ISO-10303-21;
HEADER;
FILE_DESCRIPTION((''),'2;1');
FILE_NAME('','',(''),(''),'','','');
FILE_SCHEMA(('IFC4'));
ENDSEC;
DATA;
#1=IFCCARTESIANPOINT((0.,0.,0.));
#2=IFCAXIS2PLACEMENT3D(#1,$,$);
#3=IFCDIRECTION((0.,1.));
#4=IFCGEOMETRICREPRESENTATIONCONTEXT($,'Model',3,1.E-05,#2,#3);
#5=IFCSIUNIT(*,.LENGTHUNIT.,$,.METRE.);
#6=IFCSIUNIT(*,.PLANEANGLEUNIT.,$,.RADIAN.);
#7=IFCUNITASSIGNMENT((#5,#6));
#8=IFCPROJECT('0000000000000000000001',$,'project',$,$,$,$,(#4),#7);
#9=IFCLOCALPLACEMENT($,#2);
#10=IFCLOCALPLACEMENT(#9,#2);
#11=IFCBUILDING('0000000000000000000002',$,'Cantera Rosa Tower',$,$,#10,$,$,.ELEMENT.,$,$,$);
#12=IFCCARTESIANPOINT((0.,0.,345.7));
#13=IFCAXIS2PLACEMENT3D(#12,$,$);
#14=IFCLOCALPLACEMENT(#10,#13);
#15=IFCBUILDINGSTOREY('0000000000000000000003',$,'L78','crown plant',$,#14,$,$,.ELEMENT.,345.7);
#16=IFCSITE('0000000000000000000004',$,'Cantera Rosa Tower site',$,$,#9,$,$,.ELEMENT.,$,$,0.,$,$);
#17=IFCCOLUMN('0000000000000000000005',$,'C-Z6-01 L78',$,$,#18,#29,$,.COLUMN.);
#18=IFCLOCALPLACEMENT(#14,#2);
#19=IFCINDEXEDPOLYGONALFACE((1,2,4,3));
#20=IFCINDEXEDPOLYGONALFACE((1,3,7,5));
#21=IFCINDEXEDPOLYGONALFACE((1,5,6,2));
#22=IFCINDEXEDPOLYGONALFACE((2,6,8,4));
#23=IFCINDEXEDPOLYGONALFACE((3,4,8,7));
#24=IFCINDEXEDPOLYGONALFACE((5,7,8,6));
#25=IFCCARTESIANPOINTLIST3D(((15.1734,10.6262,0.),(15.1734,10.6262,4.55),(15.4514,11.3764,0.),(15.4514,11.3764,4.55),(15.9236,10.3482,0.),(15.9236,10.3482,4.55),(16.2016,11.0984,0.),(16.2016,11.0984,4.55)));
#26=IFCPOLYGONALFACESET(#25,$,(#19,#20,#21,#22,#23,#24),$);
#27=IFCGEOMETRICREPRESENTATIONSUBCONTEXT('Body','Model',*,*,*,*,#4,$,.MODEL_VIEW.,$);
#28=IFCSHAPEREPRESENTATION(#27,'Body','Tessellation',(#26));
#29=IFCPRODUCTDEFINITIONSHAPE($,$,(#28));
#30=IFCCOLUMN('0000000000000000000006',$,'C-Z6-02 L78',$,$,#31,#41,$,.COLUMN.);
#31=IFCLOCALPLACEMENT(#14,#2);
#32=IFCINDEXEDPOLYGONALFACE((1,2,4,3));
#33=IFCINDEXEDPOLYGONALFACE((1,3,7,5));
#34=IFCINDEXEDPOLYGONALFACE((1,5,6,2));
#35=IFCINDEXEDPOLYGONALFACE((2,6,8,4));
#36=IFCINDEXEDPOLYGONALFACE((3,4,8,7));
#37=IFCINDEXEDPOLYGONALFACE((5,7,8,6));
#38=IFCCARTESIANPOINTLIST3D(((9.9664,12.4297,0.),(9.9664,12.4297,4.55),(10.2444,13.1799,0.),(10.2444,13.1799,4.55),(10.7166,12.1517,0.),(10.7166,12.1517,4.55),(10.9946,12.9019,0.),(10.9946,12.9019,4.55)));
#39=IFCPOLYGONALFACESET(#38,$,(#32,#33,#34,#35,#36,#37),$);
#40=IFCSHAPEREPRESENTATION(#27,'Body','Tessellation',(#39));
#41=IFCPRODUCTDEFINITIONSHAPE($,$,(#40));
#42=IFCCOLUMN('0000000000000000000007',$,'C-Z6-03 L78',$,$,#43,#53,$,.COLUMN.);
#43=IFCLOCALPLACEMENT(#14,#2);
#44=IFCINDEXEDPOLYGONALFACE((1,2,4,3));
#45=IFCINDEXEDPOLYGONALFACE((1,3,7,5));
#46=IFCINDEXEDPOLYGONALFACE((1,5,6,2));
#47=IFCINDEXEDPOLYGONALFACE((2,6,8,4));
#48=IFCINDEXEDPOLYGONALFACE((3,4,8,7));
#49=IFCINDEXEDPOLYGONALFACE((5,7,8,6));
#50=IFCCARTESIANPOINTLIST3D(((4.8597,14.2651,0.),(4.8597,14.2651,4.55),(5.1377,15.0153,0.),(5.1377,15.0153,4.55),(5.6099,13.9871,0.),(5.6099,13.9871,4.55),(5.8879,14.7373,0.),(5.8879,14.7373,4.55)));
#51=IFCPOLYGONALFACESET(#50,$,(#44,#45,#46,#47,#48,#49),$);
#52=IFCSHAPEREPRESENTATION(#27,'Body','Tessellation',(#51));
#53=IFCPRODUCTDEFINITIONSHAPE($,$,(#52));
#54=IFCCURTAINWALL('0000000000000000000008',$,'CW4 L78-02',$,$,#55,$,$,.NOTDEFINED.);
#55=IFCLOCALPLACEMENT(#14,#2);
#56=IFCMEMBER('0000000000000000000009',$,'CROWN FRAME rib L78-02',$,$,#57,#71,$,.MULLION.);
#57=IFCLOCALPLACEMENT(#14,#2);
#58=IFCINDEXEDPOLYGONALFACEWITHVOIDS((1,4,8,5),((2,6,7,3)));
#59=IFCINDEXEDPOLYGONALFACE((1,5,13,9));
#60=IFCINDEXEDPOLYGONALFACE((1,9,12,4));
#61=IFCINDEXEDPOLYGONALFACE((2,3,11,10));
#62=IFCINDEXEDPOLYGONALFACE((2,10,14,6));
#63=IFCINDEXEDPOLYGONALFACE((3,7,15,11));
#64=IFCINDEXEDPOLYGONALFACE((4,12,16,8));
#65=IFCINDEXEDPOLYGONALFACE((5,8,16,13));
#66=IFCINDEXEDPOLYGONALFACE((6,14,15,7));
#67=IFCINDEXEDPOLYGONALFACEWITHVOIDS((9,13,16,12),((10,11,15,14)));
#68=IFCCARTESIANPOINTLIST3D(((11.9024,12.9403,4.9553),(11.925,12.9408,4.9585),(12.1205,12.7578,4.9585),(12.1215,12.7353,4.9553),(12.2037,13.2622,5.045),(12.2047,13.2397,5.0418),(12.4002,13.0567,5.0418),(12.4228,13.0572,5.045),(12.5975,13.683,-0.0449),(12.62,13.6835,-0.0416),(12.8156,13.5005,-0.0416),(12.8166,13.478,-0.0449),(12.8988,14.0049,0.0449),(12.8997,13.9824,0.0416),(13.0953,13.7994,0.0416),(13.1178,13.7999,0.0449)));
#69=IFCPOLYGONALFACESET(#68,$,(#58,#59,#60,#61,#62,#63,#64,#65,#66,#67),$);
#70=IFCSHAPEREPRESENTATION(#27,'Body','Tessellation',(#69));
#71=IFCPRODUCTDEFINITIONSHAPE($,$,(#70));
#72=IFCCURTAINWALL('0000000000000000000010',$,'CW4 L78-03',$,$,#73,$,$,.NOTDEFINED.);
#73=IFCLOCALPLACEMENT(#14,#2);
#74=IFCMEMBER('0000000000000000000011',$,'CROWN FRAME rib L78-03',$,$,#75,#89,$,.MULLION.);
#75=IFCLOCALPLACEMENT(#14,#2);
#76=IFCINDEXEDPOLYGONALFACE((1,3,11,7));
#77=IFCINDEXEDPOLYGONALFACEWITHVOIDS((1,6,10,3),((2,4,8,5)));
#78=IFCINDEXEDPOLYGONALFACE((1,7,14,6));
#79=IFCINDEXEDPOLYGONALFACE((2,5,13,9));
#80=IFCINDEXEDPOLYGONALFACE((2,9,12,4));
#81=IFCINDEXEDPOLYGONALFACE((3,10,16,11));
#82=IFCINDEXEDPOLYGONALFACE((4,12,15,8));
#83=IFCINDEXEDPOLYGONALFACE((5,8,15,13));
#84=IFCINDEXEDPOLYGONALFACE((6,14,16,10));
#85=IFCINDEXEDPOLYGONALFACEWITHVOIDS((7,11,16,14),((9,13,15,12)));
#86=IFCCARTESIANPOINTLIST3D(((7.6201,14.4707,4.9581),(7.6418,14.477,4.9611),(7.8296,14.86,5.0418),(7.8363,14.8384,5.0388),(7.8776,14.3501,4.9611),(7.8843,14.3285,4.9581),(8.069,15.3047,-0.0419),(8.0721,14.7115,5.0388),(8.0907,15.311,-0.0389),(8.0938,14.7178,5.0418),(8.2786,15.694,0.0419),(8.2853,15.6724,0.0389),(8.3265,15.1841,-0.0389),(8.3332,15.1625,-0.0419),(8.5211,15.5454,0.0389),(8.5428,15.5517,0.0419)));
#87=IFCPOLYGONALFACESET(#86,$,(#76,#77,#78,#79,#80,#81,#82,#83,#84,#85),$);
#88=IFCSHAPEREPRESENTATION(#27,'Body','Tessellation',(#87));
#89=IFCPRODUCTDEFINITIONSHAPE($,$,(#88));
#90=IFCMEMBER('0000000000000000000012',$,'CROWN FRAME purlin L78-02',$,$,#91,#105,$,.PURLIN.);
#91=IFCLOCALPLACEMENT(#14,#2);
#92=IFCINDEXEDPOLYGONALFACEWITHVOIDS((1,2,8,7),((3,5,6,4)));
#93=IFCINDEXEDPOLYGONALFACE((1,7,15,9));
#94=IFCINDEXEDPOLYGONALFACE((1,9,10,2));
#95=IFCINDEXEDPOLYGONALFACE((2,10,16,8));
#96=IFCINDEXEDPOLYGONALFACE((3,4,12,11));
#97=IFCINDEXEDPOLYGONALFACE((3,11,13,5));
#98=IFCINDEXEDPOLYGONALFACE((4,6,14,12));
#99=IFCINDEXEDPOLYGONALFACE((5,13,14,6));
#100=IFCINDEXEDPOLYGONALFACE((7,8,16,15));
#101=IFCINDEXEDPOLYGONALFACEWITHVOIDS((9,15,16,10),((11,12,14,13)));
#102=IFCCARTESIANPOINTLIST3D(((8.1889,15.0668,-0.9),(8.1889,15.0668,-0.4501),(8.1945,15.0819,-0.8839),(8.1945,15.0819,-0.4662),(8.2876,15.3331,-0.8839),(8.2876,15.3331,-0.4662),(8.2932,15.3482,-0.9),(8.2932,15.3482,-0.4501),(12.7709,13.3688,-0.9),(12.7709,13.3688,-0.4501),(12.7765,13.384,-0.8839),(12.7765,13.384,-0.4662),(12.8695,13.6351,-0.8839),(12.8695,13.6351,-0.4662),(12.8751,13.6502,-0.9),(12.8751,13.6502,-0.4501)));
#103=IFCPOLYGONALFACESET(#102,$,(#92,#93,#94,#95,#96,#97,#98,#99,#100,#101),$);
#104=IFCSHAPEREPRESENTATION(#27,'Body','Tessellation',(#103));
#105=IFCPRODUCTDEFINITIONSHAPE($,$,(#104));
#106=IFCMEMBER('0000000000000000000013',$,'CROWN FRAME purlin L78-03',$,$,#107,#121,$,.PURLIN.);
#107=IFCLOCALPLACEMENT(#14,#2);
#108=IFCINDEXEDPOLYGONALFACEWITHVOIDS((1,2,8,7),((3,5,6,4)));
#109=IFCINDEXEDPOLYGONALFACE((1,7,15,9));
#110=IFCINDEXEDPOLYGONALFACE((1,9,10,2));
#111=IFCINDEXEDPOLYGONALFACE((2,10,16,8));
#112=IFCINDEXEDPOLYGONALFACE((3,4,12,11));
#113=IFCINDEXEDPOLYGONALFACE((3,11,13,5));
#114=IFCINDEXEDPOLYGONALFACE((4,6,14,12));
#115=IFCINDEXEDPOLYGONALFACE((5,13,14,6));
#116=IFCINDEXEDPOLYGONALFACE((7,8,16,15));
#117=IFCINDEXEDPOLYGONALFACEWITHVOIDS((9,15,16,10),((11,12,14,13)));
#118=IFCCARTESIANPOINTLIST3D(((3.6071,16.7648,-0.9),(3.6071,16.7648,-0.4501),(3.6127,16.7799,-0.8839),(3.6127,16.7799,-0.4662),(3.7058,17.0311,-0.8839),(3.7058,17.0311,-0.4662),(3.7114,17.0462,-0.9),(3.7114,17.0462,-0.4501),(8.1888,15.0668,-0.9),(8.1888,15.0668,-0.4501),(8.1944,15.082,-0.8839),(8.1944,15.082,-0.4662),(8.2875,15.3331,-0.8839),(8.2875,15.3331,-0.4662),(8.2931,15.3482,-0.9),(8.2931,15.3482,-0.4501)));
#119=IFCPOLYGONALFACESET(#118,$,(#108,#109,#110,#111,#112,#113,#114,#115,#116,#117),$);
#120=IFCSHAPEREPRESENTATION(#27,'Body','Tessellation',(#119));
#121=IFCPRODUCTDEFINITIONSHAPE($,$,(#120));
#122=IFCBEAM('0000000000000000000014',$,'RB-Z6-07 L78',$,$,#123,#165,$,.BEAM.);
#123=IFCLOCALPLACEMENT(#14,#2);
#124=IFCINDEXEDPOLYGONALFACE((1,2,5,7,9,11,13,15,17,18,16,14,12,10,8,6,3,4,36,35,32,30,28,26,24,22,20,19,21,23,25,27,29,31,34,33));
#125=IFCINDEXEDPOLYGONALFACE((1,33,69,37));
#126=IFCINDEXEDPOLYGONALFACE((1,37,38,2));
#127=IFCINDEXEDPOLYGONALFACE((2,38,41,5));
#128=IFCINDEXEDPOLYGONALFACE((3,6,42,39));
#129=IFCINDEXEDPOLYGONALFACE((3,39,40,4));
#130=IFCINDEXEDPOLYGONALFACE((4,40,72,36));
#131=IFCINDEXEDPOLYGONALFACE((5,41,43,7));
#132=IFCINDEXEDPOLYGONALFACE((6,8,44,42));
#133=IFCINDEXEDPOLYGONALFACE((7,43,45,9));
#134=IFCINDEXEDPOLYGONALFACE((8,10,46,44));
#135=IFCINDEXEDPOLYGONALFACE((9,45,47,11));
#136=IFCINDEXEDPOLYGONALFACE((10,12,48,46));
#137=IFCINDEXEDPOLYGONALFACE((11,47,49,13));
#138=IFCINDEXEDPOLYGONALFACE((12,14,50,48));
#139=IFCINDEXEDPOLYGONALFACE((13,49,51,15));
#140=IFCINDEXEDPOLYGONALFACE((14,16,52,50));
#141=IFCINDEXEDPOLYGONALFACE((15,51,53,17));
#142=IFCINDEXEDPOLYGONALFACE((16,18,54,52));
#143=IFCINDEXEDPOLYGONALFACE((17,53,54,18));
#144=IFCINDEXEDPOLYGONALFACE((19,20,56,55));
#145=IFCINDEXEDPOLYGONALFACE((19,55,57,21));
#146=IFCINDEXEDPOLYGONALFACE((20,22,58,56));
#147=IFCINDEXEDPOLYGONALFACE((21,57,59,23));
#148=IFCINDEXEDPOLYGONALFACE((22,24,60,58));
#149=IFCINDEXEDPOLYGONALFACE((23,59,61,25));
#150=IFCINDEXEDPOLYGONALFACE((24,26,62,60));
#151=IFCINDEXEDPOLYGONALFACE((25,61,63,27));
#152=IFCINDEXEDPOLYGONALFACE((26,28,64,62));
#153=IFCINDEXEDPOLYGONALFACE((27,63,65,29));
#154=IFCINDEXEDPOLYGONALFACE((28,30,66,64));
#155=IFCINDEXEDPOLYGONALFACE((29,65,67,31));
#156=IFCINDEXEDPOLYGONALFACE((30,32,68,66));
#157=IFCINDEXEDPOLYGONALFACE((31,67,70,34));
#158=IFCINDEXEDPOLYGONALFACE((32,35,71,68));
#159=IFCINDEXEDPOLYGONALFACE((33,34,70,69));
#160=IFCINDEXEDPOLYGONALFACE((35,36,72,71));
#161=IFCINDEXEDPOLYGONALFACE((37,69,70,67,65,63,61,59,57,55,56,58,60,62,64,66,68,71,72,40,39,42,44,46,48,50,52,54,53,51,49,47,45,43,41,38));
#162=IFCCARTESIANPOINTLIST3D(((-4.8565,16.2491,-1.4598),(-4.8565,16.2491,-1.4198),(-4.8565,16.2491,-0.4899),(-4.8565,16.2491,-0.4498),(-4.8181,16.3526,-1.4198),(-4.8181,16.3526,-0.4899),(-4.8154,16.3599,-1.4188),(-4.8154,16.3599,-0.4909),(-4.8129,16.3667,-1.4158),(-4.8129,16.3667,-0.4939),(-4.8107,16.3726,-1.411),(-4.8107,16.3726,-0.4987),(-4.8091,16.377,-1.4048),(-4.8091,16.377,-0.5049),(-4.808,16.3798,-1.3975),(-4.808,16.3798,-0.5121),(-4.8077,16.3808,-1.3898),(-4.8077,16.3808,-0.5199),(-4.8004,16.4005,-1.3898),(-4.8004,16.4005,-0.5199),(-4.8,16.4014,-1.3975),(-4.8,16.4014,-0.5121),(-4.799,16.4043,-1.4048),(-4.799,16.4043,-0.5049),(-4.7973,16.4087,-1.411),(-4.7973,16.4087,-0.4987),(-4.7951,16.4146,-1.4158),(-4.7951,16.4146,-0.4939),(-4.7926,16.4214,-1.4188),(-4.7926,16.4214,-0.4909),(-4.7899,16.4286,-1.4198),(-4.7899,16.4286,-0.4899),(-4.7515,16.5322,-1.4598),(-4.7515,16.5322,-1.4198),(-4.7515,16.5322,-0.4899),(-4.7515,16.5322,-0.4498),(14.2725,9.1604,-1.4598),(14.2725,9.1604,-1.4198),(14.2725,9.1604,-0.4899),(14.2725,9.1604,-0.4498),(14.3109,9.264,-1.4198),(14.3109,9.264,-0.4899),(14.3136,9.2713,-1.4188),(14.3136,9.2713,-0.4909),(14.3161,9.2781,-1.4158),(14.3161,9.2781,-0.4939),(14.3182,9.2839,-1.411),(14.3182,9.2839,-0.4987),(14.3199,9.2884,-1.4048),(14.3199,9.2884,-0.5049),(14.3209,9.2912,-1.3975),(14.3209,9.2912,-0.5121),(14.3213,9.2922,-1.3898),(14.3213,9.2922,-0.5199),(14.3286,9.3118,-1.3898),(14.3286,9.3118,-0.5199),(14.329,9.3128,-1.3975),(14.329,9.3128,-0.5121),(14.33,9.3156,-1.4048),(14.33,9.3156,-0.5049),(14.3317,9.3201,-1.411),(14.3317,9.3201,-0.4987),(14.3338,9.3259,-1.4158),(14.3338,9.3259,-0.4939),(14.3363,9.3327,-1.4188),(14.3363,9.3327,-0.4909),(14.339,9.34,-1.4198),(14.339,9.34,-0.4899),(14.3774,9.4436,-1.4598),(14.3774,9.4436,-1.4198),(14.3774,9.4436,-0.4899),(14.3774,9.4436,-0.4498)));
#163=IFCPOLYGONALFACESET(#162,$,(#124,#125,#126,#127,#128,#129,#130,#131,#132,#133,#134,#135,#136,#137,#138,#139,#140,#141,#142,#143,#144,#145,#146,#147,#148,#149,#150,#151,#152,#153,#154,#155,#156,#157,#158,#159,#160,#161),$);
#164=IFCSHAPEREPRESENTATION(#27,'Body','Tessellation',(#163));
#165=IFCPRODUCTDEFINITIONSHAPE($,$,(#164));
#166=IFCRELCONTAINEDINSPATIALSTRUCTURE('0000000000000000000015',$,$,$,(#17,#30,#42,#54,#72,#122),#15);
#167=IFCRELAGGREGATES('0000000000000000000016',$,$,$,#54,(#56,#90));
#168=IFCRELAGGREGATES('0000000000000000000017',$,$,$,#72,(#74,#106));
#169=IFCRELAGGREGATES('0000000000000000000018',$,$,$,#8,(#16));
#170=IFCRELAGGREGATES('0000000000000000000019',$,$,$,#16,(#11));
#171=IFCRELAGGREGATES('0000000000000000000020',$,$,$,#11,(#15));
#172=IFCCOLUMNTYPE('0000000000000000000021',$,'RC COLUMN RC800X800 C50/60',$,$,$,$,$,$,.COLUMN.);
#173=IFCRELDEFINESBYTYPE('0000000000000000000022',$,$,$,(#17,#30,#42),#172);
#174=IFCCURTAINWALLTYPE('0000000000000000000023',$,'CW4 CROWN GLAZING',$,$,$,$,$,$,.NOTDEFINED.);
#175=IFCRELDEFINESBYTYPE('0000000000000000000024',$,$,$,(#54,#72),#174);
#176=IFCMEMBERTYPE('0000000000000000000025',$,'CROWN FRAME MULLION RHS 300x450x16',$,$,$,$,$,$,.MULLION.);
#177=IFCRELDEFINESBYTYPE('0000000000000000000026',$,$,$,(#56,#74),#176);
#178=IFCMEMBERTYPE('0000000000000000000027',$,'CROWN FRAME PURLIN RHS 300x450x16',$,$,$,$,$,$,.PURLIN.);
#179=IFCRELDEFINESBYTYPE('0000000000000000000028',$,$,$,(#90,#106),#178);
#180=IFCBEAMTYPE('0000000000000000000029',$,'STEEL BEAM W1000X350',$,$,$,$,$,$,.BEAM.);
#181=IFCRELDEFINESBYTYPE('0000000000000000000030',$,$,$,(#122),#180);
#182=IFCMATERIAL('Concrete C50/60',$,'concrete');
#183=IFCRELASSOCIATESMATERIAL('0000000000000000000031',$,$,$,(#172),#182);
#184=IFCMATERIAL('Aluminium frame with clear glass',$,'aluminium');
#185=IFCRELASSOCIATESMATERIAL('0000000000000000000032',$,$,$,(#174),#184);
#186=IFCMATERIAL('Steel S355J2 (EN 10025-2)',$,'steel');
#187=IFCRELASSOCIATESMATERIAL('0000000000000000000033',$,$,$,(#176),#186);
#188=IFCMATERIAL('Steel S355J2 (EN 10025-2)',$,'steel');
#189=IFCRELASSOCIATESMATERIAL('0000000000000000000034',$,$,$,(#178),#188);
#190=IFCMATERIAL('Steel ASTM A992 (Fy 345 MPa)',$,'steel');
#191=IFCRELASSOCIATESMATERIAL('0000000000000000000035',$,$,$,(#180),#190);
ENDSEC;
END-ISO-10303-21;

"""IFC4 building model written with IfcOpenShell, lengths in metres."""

from ifc_helpers import new_model, si_unit, direction, frame, origin, origin_2d, place, context, subcontext, project, spatial, rectangle, hollow_rectangle, i_section, extrude, material, material_profile, profile_set, type_object, element, aggregate, save


model = new_model("IFC4")

# Units and contexts
model_context = context("Model", 3, precision=1e-05, world=origin(), true_north=direction((0.0, 1.0)))
body_context = subcontext(model_context, "Body", "Model", "MODEL_VIEW")
ifc_project = project(units=[si_unit("LENGTHUNIT", "METRE"), si_unit("PLANEANGLEUNIT", "RADIAN")], contexts=[model_context])

# Site, building, storey
site_placement = place(None, origin())
site = spatial("IfcSite", under=ifc_project, at=site_placement, Name="Cantera Rosa Tower site", CompositionType="ELEMENT", RefElevation=0.0)
building_placement = place(site_placement, origin())
building = spatial("IfcBuilding", under=site, at=building_placement, Name="Cantera Rosa Tower", CompositionType="ELEMENT")
storey_placement = place(building_placement, frame((0.0, 0.0, 345.7)))
storey = spatial("IfcBuildingStorey", under=building, at=storey_placement, Name="L78", Description="crown plant", CompositionType="ELEMENT", Elevation=345.7)

# Columns
ifc_material_1 = material(Name="Concrete C50/60", Category="concrete")
ifc_material_profile_1 = material_profile(ifc_material_1, rectangle(XDim=0.8, YDim=0.8, at=origin_2d()), Name="RC COLUMN RC800X800 C50/60")
ifc_profile_set_1 = profile_set([ifc_material_profile_1], Name="Concrete C50/60")
column_type = type_object("IfcColumnType", Name="RC COLUMN RC800X800 C50/60", PredefinedType="COLUMN", material=ifc_profile_set_1)
for number, where, z_axis, x_axis, name in (
    (1, (15.6875, 10.8623, 0.0), (0.0, 0.0, 1.0), (0.347481, 0.937687, 0.0), "C-Z6-01 L78"),
    (2, (10.4805, 12.6658, 0.0), (0.0, 0.0, 1.0), (0.347481, 0.937687, 0.0), "C-Z6-02 L78"),
    (3, (5.3738, 14.5012, 0.0), (0.0, 0.0, 1.0), (0.347481, 0.937687, 0.0), "C-Z6-03 L78"),
):
    element("IfcColumn", number, at=place(storey_placement, frame(where, z_axis=z_axis, x_axis=x_axis)), inside=storey, type_object=column_type, Name=name, PredefinedType="COLUMN", context=body_context, shape_type="SweptSolid", body=[
        extrude(rectangle(XDim=0.8, YDim=0.8, at=origin_2d()), origin(), (0.0, 0.0, 1.0), 4.55),
    ])

# Curtain walls, members
ifc_material_2 = material(Name="Aluminium frame with clear glass", Category="aluminium")
curtain_wall_type = type_object("IfcCurtainWallType", Name="CW4 CROWN GLAZING", PredefinedType="NOTDEFINED", material=ifc_material_2)
curtain_wall_1_placement = place(storey_placement, origin())
curtain_wall_1 = element("IfcCurtainWall", 4, at=curtain_wall_1_placement, inside=storey, type_object=curtain_wall_type, Name="CW4 L78-02", PredefinedType="NOTDEFINED")
ifc_material_3 = material(Name="Steel S355J2 (EN 10025-2)", Category="steel")
ifc_material_profile_2 = material_profile(ifc_material_3, hollow_rectangle(XDim=0.3, YDim=0.45, WallThickness=0.0161, at=origin_2d()), Name="CROWN FRAME MULLION RHS 300x450x16")
ifc_profile_set_2 = profile_set([ifc_material_profile_2], Name="Steel S355J2 (EN 10025-2)")
member_type_1 = type_object("IfcMemberType", Name="CROWN FRAME MULLION RHS 300x450x16", PredefinedType="MULLION", material=ifc_profile_set_2)
member_1_placement = place(storey_placement, frame((12.8577, 13.7415, 0.0), z_axis=(-0.136223, -0.145554, 0.979927), x_axis=(0.730121, -0.683318, 0.0)))
member_1 = element("IfcMember", 5, at=member_1_placement, type_object=member_type_1, Name="CROWN FRAME rib L78-02", PredefinedType="MULLION", context=body_context, shape_type="SweptSolid", body=[
    extrude(hollow_rectangle(XDim=0.3, YDim=0.45, WallThickness=0.0161, at=origin_2d()), origin(), (0.0, 0.0, 1.0), 5.1025),
])
curtain_wall_2_placement = place(storey_placement, origin())
curtain_wall_2 = element("IfcCurtainWall", 6, at=curtain_wall_2_placement, inside=storey, type_object=curtain_wall_type, Name="CW4 L78-03", PredefinedType="NOTDEFINED")
member_2_placement = place(storey_placement, frame((8.3059, 15.4282, 0.0), z_axis=(-0.088226, -0.163882, 0.982527), x_axis=(0.880512, -0.474023, 0.0)))
member_2 = element("IfcMember", 7, at=member_2_placement, type_object=member_type_1, Name="CROWN FRAME rib L78-03", PredefinedType="MULLION", context=body_context, shape_type="SweptSolid", body=[
    extrude(hollow_rectangle(XDim=0.3, YDim=0.45, WallThickness=0.0161, at=origin_2d()), origin(), (0.0, 0.0, 1.0), 5.0889),
])

# Members
ifc_material_4 = material(Name="Steel S355J2 (EN 10025-2)", Category="steel")
ifc_material_profile_3 = material_profile(ifc_material_4, hollow_rectangle(XDim=0.3, YDim=0.45, WallThickness=0.0161, at=origin_2d()), Name="CROWN FRAME PURLIN RHS 300x450x16")
ifc_profile_set_3 = profile_set([ifc_material_profile_3], Name="Steel S355J2 (EN 10025-2)")
member_type_2 = type_object("IfcMemberType", Name="CROWN FRAME PURLIN RHS 300x450x16", PredefinedType="PURLIN", material=ifc_profile_set_3)
member_3_placement = place(storey_placement, frame((12.823, 13.5095, -0.675), z_axis=(-0.937685, 0.347485, 0.0), x_axis=(-0.347485, -0.937685, 0.0)))
member_3 = element("IfcMember", 8, at=member_3_placement, type_object=member_type_2, Name="CROWN FRAME purlin L78-02", PredefinedType="PURLIN", context=body_context, shape_type="SweptSolid", body=[
    extrude(hollow_rectangle(XDim=0.3, YDim=0.45, WallThickness=0.0161, at=origin_2d()), origin(), (0.0, 0.0, 1.0), 4.8865),
])
member_4_placement = place(storey_placement, frame((8.241, 15.2075, -0.675), z_axis=(-0.937679, 0.347501, 0.0), x_axis=(-0.347501, -0.937679, 0.0)))
member_4 = element("IfcMember", 9, at=member_4_placement, type_object=member_type_2, Name="CROWN FRAME purlin L78-03", PredefinedType="PURLIN", context=body_context, shape_type="SweptSolid", body=[
    extrude(hollow_rectangle(XDim=0.3, YDim=0.45, WallThickness=0.0161, at=origin_2d()), origin(), (0.0, 0.0, 1.0), 4.8862),
])

# Beam
ifc_material_5 = material(Name="Steel ASTM A992 (Fy 345 MPa)", Category="steel")
ifc_material_profile_4 = material_profile(ifc_material_5, i_section(OverallWidth=0.302, OverallDepth=1.01, WebThickness=0.021, FlangeThickness=0.04, FilletRadius=0.03, at=origin_2d()), Name="W1000X350")
ifc_profile_set_4 = profile_set([ifc_material_profile_4], Name="Steel ASTM A992 (Fy 345 MPa)")
beam_type_1 = type_object("IfcBeamType", Name="STEEL BEAM W1000X350", PredefinedType="BEAM", material=ifc_profile_set_4)
beam_1_placement = place(storey_placement, frame((14.325, 9.302, -0.9548), z_axis=(-0.937687, 0.34748, 0.0), x_axis=(-0.34748, -0.937687, 0.0)))
element("IfcBeam", 10, at=beam_1_placement, inside=storey, type_object=beam_type_1, Name="RB-Z6-07 L78", PredefinedType="BEAM", context=body_context, shape_type="SweptSolid", body=[
    extrude(i_section(OverallWidth=0.302, OverallDepth=1.01, WebThickness=0.021, FlangeThickness=0.04, FilletRadius=0.03, at=origin_2d()), origin(), (0.0, 0.0, 1.0), 20.4001),
])

aggregate(curtain_wall_1, [member_1, member_3])
aggregate(curtain_wall_2, [member_2, member_4])

save(model, "model.ifc")
